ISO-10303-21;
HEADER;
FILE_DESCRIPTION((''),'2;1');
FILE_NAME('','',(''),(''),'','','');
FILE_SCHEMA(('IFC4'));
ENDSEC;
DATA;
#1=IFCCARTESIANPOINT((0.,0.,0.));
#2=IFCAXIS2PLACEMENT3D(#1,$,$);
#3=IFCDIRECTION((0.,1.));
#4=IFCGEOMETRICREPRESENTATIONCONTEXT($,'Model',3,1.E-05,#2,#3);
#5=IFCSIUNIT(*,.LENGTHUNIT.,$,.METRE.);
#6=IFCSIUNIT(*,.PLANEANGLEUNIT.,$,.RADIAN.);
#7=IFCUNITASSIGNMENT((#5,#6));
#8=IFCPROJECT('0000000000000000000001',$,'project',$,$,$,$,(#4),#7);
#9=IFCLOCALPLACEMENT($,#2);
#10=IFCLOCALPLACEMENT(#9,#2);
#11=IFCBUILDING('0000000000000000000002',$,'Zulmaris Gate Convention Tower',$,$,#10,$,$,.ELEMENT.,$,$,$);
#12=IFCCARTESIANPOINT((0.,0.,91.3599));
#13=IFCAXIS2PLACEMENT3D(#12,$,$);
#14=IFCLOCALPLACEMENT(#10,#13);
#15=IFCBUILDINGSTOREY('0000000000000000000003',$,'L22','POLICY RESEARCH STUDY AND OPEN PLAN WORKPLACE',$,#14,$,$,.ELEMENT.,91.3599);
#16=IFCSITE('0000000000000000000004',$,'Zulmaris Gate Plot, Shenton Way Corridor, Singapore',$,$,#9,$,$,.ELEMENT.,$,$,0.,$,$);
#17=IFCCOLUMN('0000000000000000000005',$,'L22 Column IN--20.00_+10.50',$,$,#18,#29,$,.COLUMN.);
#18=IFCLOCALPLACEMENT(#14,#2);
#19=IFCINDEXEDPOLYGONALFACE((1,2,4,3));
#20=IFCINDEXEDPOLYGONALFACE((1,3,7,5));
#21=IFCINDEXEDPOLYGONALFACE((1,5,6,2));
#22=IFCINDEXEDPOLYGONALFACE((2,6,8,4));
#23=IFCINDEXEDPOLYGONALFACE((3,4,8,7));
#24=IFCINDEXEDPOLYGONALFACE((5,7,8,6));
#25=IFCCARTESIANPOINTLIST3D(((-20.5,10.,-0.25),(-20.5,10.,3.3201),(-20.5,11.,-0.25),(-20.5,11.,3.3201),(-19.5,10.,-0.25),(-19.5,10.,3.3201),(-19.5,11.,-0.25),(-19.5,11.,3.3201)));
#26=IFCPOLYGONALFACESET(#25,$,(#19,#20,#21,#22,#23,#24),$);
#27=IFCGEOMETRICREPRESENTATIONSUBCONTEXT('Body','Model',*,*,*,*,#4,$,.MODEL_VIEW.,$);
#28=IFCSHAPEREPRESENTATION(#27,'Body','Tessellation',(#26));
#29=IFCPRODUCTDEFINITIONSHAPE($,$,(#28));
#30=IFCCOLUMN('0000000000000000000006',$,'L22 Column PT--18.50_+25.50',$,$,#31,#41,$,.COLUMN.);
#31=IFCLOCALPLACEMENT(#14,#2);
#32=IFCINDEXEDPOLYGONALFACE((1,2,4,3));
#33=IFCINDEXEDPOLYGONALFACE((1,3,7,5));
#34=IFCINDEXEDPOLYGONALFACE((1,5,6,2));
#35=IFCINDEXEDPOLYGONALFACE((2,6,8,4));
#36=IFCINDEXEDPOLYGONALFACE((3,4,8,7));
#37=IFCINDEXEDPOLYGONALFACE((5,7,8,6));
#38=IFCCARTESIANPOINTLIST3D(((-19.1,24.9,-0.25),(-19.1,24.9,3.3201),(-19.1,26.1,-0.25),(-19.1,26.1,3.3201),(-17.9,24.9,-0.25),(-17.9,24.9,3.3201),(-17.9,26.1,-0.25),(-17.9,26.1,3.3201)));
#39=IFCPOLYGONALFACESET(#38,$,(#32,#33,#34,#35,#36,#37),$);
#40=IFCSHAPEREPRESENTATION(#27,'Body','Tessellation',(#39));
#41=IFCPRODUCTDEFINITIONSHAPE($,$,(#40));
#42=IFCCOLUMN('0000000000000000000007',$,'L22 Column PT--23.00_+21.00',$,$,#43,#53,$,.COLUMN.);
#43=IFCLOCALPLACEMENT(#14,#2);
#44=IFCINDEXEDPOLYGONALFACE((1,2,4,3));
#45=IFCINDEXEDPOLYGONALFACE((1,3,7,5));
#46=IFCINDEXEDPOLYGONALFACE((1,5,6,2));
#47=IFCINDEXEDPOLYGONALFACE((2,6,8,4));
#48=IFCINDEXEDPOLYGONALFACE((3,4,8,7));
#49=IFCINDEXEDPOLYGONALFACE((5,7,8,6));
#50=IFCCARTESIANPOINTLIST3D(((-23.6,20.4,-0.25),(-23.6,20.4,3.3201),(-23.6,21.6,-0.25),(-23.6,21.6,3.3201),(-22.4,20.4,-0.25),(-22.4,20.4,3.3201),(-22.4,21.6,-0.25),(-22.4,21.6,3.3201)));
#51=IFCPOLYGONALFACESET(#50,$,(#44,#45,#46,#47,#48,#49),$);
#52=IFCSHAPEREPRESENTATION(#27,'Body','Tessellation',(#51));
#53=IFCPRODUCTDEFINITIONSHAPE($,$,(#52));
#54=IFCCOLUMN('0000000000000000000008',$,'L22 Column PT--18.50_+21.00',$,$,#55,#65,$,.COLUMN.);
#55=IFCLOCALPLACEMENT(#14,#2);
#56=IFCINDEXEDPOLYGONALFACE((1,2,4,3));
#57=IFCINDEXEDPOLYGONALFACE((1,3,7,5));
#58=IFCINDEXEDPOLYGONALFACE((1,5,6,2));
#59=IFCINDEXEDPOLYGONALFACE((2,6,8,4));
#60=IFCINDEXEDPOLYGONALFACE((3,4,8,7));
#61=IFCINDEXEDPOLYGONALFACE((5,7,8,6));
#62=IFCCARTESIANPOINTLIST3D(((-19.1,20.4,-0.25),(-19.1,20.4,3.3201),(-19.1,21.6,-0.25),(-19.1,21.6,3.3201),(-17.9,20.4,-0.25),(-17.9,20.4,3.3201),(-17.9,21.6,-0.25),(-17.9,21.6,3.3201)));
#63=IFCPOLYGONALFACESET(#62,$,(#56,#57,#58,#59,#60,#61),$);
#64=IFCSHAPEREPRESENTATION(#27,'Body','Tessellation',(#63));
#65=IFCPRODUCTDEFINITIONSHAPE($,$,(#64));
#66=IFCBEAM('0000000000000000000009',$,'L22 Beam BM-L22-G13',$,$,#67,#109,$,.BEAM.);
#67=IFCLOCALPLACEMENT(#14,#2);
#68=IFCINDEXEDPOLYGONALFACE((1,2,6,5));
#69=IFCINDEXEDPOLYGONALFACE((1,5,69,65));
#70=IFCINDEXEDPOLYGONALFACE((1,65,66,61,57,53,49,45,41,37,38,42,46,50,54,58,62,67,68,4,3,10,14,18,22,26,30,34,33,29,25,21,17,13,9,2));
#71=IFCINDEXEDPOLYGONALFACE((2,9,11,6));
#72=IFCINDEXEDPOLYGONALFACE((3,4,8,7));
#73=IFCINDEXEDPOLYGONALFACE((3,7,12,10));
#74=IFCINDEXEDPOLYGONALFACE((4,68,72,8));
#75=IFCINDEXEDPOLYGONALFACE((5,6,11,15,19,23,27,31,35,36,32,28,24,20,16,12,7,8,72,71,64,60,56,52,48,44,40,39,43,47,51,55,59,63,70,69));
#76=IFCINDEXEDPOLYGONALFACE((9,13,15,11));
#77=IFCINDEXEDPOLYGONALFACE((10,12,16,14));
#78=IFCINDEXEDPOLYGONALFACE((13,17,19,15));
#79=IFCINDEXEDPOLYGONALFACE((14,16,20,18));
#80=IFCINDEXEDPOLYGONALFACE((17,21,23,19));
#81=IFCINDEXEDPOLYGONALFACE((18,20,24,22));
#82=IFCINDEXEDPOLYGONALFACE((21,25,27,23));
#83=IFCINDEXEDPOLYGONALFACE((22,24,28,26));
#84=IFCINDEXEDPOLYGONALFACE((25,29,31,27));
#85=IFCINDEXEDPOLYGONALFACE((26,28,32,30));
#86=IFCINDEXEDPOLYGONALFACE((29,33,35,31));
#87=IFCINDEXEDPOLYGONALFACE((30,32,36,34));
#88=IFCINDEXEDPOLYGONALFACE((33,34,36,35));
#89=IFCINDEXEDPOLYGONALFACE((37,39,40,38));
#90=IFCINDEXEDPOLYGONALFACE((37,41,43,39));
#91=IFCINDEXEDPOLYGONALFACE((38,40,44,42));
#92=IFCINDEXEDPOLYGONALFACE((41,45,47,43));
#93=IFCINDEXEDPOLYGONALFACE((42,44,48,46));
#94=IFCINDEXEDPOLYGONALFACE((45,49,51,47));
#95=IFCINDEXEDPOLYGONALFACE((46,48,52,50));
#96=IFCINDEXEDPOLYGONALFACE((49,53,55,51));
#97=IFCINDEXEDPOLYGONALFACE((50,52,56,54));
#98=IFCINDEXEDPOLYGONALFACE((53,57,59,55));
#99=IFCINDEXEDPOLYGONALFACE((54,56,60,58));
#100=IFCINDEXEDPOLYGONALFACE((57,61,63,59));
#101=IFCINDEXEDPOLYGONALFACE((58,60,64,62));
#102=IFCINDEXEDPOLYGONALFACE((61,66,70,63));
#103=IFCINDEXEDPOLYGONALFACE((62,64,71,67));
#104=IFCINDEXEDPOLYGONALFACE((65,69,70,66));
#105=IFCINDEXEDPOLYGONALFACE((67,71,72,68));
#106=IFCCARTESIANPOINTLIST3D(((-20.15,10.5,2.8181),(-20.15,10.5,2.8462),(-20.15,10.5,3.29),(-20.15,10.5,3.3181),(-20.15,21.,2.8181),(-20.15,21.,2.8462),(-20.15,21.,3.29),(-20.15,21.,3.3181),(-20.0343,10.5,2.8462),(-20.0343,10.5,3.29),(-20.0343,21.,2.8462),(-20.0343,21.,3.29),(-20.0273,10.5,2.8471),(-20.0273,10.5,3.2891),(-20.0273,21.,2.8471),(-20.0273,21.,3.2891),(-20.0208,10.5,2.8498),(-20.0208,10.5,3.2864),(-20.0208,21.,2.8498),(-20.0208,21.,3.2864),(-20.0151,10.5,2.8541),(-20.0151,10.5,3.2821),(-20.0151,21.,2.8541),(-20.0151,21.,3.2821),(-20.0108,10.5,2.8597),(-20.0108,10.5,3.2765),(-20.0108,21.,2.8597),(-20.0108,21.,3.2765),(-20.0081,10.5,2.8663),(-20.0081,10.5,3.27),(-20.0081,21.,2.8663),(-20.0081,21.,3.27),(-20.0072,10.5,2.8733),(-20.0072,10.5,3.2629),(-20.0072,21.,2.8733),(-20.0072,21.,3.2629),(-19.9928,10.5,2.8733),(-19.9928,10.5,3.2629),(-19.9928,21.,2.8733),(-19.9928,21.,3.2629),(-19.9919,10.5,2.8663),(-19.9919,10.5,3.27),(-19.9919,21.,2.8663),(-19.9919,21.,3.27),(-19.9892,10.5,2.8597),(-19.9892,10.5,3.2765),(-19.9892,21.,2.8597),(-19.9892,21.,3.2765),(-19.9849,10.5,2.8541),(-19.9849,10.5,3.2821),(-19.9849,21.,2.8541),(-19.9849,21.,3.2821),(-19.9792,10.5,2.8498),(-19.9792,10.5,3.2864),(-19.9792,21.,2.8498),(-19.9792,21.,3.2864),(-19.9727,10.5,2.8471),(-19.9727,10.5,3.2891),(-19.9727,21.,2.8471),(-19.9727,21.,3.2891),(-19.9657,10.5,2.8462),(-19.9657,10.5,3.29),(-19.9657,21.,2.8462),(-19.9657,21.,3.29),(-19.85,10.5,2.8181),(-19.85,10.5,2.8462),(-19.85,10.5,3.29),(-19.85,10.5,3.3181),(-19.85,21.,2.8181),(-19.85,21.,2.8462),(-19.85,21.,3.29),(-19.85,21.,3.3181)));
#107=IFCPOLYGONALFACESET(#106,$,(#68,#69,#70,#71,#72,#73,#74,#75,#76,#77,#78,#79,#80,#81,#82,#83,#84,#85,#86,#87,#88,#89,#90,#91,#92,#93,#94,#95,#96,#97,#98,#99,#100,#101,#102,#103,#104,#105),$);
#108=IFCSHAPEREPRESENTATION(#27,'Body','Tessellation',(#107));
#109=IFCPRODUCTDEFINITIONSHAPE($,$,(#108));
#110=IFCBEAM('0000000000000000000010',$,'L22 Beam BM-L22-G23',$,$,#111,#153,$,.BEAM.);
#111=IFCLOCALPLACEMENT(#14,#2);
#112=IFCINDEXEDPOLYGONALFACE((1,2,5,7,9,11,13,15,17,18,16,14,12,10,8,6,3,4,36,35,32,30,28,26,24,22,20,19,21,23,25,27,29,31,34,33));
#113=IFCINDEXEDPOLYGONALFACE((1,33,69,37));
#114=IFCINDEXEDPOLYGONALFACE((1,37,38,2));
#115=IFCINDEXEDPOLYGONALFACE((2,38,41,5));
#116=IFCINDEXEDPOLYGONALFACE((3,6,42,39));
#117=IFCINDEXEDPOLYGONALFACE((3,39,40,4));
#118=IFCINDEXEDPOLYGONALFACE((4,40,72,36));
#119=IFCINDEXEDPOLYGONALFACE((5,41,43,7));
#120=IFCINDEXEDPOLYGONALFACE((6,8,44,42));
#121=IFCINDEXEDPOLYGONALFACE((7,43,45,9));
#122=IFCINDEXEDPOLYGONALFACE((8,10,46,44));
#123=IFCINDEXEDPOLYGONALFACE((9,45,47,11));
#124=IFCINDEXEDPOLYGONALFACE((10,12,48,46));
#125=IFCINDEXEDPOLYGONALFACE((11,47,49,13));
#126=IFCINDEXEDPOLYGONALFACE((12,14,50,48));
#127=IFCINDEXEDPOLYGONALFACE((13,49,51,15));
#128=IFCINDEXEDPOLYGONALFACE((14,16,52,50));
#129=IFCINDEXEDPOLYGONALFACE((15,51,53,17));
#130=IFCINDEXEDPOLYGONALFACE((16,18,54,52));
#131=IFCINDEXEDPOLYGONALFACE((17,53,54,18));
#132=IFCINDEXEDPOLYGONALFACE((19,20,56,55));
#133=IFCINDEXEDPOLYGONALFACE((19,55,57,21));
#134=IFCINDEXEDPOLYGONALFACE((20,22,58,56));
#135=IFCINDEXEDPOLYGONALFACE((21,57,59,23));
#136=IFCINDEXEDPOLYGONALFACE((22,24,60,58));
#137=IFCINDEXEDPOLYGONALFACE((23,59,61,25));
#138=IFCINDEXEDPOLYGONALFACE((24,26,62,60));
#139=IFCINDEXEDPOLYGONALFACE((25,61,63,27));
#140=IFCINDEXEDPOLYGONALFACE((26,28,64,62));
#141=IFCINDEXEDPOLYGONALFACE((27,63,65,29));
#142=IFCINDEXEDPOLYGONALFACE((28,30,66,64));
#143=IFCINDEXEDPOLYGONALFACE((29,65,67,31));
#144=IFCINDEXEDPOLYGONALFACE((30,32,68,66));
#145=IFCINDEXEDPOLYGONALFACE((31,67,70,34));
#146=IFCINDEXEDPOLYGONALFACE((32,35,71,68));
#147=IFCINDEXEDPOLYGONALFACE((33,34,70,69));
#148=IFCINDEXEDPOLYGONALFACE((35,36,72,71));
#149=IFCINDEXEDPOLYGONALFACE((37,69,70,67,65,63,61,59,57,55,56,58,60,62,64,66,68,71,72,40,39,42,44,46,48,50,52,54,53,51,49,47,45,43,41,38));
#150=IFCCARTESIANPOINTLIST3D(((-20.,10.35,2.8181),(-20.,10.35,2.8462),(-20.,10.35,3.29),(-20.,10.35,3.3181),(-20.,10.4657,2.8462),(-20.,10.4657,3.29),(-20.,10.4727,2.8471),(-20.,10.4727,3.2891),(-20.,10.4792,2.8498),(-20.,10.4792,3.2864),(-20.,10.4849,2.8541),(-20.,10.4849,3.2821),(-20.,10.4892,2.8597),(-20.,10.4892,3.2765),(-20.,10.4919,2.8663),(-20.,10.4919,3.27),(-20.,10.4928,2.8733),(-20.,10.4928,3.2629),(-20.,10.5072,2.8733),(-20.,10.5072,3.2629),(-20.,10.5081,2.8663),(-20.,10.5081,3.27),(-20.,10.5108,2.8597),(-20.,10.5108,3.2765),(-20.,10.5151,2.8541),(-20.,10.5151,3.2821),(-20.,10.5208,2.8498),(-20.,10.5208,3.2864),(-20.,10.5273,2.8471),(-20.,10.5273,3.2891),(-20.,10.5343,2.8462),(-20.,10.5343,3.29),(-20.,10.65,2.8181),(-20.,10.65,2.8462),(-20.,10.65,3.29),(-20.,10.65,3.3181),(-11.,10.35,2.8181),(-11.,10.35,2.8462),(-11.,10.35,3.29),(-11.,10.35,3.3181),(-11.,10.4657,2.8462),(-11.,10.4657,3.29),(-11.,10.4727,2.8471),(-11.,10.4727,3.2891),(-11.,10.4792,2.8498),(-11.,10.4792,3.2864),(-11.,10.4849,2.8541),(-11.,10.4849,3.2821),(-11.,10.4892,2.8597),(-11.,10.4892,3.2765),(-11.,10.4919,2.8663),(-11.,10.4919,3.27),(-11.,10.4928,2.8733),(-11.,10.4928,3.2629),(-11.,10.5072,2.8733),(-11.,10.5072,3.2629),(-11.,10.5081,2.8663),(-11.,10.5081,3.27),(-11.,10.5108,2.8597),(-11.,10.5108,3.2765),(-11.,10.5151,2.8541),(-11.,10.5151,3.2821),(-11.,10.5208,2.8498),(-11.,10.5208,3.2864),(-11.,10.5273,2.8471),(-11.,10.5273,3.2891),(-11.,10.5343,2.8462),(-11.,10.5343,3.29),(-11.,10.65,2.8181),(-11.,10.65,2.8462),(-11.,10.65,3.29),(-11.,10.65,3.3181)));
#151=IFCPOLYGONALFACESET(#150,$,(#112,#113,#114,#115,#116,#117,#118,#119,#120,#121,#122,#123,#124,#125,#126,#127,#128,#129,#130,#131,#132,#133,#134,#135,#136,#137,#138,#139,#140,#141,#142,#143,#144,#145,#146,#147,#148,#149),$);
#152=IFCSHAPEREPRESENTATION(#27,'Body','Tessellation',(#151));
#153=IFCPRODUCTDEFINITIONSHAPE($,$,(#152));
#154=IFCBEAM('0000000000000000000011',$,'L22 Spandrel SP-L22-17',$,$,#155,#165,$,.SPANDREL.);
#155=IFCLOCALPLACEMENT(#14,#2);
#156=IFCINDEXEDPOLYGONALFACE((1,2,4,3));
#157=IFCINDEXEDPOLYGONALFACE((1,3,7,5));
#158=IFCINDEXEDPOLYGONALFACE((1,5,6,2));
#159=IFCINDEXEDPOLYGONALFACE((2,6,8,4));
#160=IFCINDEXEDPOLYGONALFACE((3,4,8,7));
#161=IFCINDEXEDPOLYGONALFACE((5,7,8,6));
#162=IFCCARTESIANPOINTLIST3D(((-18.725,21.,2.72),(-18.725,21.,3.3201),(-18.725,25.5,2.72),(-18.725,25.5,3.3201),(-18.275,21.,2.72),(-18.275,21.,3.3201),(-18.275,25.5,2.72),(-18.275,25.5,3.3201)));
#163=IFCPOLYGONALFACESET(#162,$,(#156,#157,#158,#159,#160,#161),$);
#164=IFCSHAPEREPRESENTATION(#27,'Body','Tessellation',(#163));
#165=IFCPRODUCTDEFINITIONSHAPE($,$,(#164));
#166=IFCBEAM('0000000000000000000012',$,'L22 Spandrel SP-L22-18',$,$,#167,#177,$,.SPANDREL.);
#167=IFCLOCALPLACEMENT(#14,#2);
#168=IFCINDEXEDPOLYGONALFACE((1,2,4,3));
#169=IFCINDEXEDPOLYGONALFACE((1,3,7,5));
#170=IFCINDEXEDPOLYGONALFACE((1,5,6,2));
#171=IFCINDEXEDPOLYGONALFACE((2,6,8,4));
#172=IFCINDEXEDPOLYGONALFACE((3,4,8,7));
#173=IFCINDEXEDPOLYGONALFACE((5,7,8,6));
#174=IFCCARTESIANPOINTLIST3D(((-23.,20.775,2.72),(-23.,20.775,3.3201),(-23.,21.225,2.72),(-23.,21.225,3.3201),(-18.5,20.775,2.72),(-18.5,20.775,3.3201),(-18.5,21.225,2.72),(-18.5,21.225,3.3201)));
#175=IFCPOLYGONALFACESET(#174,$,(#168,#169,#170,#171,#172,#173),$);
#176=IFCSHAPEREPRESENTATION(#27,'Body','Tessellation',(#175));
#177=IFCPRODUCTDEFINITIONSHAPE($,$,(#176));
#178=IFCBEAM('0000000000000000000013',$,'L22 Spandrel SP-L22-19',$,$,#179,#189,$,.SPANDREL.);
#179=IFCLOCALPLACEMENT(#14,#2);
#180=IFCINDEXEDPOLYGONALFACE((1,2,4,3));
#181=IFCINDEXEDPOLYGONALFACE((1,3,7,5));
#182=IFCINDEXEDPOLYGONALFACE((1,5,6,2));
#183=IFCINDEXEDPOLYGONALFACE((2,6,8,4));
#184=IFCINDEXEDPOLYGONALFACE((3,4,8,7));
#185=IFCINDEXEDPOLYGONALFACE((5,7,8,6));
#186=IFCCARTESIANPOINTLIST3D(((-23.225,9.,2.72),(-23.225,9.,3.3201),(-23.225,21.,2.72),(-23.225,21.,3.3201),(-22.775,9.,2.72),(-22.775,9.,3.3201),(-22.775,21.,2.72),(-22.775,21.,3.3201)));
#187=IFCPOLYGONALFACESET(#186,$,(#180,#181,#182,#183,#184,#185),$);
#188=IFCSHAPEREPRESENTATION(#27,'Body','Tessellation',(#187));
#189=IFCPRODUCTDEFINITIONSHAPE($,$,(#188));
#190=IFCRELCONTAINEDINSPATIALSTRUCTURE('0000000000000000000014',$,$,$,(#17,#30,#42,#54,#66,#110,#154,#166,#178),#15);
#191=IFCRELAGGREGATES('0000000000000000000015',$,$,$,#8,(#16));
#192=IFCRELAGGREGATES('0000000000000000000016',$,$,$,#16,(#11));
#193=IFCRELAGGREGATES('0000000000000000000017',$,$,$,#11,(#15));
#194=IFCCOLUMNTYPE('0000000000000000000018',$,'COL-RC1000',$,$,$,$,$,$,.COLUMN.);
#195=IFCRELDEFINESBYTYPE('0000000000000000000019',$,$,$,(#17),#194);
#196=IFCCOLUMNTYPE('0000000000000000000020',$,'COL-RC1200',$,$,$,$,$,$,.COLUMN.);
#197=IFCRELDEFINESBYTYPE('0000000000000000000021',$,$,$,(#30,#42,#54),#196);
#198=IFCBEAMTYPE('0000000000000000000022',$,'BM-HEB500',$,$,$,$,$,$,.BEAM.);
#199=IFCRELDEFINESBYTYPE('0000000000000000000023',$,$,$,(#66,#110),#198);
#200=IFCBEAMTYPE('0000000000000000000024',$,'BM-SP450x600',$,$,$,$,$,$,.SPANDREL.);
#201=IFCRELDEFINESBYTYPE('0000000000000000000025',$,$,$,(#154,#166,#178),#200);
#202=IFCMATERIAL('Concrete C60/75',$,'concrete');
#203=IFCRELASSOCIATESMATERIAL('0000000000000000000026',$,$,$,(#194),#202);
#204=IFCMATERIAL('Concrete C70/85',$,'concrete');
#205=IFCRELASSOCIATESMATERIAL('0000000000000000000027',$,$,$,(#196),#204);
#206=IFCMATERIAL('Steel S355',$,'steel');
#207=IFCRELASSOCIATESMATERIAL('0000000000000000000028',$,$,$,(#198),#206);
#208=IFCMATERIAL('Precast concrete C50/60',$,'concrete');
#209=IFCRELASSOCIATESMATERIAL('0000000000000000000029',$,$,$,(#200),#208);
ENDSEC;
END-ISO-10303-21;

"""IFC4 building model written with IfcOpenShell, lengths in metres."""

from ifc_helpers import new_model, si_unit, direction, frame, origin, origin_2d, place, context, subcontext, project, spatial, rectangle, i_section, extrude, material, material_profile, profile_set, type_object, element, save


model = new_model("IFC4")

# Units and contexts
model_context = context("Model", 3, precision=1e-05, world=origin(), true_north=direction((0.0, 1.0)))
body_context = subcontext(model_context, "Body", "Model", "MODEL_VIEW")
ifc_project = project(units=[si_unit("LENGTHUNIT", "METRE"), si_unit("PLANEANGLEUNIT", "RADIAN")], contexts=[model_context])

# Site, building, storey
site_placement = place(None, origin())
site = spatial("IfcSite", under=ifc_project, at=site_placement, Name="Zulmaris Gate Plot, Shenton Way Corridor, Singapore", CompositionType="ELEMENT", RefElevation=0.0)
building_placement = place(site_placement, origin())
building = spatial("IfcBuilding", under=site, at=building_placement, Name="Zulmaris Gate Convention Tower", CompositionType="ELEMENT")
storey_placement = place(building_placement, frame((0.0, 0.0, 91.3599)))
storey = spatial("IfcBuildingStorey", under=building, at=storey_placement, Name="L22", Description="POLICY RESEARCH STUDY AND OPEN PLAN WORKPLACE", CompositionType="ELEMENT", Elevation=91.3599)

# Columns
ifc_material_1 = material(Name="Concrete C60/75", Category="concrete")
ifc_material_profile_1 = material_profile(ifc_material_1, rectangle(XDim=1.0, YDim=1.0, at=origin_2d()), Name="RC COL 1000x1000")
ifc_profile_set_1 = profile_set([ifc_material_profile_1], Name="Concrete C60/75")
column_type_1 = type_object("IfcColumnType", Name="COL-RC1000", PredefinedType="COLUMN", material=ifc_profile_set_1)
column_placement = place(storey_placement, frame((-20.0, 10.5, -0.25), z_axis=(0.0, 0.0, 1.0), x_axis=(1.0, 0.0, 0.0)))
element("IfcColumn", 1, at=column_placement, inside=storey, type_object=column_type_1, Name="L22 Column IN--20.00_+10.50", PredefinedType="COLUMN", context=body_context, shape_type="SweptSolid", body=[
    extrude(rectangle(XDim=1.0, YDim=1.0, at=origin_2d()), origin(), (0.0, 0.0, 1.0), 3.5701),
])
ifc_material_2 = material(Name="Concrete C70/85", Category="concrete")
ifc_material_profile_2 = material_profile(ifc_material_2, rectangle(XDim=1.2, YDim=1.2, at=origin_2d()), Name="RC COL 1200x1200")
ifc_profile_set_2 = profile_set([ifc_material_profile_2], Name="Concrete C70/85")
column_type_2 = type_object("IfcColumnType", Name="COL-RC1200", PredefinedType="COLUMN", material=ifc_profile_set_2)
for number, where, z_axis, x_axis, name in (
    (2, (-18.5, 25.5, -0.25), (0.0, 0.0, 1.0), (1.0, 0.0, 0.0), "L22 Column PT--18.50_+25.50"),
    (3, (-23.0, 21.0, -0.25), (0.0, 0.0, 1.0), (1.0, 0.0, 0.0), "L22 Column PT--23.00_+21.00"),
    (4, (-18.5, 21.0, -0.25), (0.0, 0.0, 1.0), (1.0, 0.0, 0.0), "L22 Column PT--18.50_+21.00"),
):
    element("IfcColumn", number, at=place(storey_placement, frame(where, z_axis=z_axis, x_axis=x_axis)), inside=storey, type_object=column_type_2, Name=name, PredefinedType="COLUMN", context=body_context, shape_type="SweptSolid", body=[
        extrude(rectangle(XDim=1.2, YDim=1.2, at=origin_2d()), origin(), (0.0, 0.0, 1.0), 3.5701),
    ])

# Beams
ifc_material_3 = material(Name="Steel S355", Category="steel")
ifc_material_profile_3 = material_profile(ifc_material_3, i_section(OverallWidth=0.3, OverallDepth=0.5, WebThickness=0.0144, FlangeThickness=0.0281, FilletRadius=0.0271, at=origin_2d()), Name="HEB 500")
ifc_profile_set_3 = profile_set([ifc_material_profile_3], Name="Steel S355")
beam_type_1 = type_object("IfcBeamType", Name="BM-HEB500", PredefinedType="BEAM", material=ifc_profile_set_3)
beam_1_placement = place(storey_placement, frame((-20.0, 10.5, 3.0681), z_axis=(0.0, 1.0, 0.0), x_axis=(-1.0, 0.0, 0.0)))
element("IfcBeam", 5, at=beam_1_placement, inside=storey, type_object=beam_type_1, Name="L22 Beam BM-L22-G13", PredefinedType="BEAM", context=body_context, shape_type="SweptSolid", body=[
    extrude(i_section(OverallWidth=0.3, OverallDepth=0.5, WebThickness=0.0144, FlangeThickness=0.0281, FilletRadius=0.0271, at=origin_2d()), origin(), (0.0, 0.0, 1.0), 10.5),
])
beam_2_placement = place(storey_placement, frame((-20.0, 10.5, 3.0681), z_axis=(1.0, 0.0, 0.0), x_axis=(0.0, 1.0, 0.0)))
element("IfcBeam", 6, at=beam_2_placement, inside=storey, type_object=beam_type_1, Name="L22 Beam BM-L22-G23", PredefinedType="BEAM", context=body_context, shape_type="SweptSolid", body=[
    extrude(i_section(OverallWidth=0.3, OverallDepth=0.5, WebThickness=0.0144, FlangeThickness=0.0281, FilletRadius=0.0271, at=origin_2d()), origin(), (0.0, 0.0, 1.0), 9.0),
])
ifc_material_4 = material(Name="Precast concrete C50/60", Category="concrete")
ifc_material_profile_4 = material_profile(ifc_material_4, rectangle(XDim=0.45, YDim=0.6001, at=origin_2d()), Name="RC SPANDREL 450x600")
ifc_profile_set_4 = profile_set([ifc_material_profile_4], Name="Precast concrete C50/60")
beam_type_2 = type_object("IfcBeamType", Name="BM-SP450x600", PredefinedType="SPANDREL", material=ifc_profile_set_4)
for number, where, z_axis, x_axis, name in (
    (7, (-18.5, 25.5, 3.02), (0.0, -1.0, 0.0), (1.0, 0.0, 0.0), "L22 Spandrel SP-L22-17"),
    (8, (-18.5, 21.0, 3.02), (-1.0, 0.0, 0.0), (0.0, -1.0, 0.0), "L22 Spandrel SP-L22-18"),
):
    element("IfcBeam", number, at=place(storey_placement, frame(where, z_axis=z_axis, x_axis=x_axis)), inside=storey, type_object=beam_type_2, Name=name, PredefinedType="SPANDREL", context=body_context, shape_type="SweptSolid", body=[
        extrude(rectangle(XDim=0.45, YDim=0.6001, at=origin_2d()), origin(), (0.0, 0.0, 1.0), 4.5),
    ])
beam_3_placement = place(storey_placement, frame((-23.0, 21.0, 3.02), z_axis=(0.0, -1.0, 0.0), x_axis=(1.0, 0.0, 0.0)))
element("IfcBeam", 9, at=beam_3_placement, inside=storey, type_object=beam_type_2, Name="L22 Spandrel SP-L22-19", PredefinedType="SPANDREL", context=body_context, shape_type="SweptSolid", body=[
    extrude(rectangle(XDim=0.45, YDim=0.6001, at=origin_2d()), origin(), (0.0, 0.0, 1.0), 12.0),
])

save(model, "model.ifc")
